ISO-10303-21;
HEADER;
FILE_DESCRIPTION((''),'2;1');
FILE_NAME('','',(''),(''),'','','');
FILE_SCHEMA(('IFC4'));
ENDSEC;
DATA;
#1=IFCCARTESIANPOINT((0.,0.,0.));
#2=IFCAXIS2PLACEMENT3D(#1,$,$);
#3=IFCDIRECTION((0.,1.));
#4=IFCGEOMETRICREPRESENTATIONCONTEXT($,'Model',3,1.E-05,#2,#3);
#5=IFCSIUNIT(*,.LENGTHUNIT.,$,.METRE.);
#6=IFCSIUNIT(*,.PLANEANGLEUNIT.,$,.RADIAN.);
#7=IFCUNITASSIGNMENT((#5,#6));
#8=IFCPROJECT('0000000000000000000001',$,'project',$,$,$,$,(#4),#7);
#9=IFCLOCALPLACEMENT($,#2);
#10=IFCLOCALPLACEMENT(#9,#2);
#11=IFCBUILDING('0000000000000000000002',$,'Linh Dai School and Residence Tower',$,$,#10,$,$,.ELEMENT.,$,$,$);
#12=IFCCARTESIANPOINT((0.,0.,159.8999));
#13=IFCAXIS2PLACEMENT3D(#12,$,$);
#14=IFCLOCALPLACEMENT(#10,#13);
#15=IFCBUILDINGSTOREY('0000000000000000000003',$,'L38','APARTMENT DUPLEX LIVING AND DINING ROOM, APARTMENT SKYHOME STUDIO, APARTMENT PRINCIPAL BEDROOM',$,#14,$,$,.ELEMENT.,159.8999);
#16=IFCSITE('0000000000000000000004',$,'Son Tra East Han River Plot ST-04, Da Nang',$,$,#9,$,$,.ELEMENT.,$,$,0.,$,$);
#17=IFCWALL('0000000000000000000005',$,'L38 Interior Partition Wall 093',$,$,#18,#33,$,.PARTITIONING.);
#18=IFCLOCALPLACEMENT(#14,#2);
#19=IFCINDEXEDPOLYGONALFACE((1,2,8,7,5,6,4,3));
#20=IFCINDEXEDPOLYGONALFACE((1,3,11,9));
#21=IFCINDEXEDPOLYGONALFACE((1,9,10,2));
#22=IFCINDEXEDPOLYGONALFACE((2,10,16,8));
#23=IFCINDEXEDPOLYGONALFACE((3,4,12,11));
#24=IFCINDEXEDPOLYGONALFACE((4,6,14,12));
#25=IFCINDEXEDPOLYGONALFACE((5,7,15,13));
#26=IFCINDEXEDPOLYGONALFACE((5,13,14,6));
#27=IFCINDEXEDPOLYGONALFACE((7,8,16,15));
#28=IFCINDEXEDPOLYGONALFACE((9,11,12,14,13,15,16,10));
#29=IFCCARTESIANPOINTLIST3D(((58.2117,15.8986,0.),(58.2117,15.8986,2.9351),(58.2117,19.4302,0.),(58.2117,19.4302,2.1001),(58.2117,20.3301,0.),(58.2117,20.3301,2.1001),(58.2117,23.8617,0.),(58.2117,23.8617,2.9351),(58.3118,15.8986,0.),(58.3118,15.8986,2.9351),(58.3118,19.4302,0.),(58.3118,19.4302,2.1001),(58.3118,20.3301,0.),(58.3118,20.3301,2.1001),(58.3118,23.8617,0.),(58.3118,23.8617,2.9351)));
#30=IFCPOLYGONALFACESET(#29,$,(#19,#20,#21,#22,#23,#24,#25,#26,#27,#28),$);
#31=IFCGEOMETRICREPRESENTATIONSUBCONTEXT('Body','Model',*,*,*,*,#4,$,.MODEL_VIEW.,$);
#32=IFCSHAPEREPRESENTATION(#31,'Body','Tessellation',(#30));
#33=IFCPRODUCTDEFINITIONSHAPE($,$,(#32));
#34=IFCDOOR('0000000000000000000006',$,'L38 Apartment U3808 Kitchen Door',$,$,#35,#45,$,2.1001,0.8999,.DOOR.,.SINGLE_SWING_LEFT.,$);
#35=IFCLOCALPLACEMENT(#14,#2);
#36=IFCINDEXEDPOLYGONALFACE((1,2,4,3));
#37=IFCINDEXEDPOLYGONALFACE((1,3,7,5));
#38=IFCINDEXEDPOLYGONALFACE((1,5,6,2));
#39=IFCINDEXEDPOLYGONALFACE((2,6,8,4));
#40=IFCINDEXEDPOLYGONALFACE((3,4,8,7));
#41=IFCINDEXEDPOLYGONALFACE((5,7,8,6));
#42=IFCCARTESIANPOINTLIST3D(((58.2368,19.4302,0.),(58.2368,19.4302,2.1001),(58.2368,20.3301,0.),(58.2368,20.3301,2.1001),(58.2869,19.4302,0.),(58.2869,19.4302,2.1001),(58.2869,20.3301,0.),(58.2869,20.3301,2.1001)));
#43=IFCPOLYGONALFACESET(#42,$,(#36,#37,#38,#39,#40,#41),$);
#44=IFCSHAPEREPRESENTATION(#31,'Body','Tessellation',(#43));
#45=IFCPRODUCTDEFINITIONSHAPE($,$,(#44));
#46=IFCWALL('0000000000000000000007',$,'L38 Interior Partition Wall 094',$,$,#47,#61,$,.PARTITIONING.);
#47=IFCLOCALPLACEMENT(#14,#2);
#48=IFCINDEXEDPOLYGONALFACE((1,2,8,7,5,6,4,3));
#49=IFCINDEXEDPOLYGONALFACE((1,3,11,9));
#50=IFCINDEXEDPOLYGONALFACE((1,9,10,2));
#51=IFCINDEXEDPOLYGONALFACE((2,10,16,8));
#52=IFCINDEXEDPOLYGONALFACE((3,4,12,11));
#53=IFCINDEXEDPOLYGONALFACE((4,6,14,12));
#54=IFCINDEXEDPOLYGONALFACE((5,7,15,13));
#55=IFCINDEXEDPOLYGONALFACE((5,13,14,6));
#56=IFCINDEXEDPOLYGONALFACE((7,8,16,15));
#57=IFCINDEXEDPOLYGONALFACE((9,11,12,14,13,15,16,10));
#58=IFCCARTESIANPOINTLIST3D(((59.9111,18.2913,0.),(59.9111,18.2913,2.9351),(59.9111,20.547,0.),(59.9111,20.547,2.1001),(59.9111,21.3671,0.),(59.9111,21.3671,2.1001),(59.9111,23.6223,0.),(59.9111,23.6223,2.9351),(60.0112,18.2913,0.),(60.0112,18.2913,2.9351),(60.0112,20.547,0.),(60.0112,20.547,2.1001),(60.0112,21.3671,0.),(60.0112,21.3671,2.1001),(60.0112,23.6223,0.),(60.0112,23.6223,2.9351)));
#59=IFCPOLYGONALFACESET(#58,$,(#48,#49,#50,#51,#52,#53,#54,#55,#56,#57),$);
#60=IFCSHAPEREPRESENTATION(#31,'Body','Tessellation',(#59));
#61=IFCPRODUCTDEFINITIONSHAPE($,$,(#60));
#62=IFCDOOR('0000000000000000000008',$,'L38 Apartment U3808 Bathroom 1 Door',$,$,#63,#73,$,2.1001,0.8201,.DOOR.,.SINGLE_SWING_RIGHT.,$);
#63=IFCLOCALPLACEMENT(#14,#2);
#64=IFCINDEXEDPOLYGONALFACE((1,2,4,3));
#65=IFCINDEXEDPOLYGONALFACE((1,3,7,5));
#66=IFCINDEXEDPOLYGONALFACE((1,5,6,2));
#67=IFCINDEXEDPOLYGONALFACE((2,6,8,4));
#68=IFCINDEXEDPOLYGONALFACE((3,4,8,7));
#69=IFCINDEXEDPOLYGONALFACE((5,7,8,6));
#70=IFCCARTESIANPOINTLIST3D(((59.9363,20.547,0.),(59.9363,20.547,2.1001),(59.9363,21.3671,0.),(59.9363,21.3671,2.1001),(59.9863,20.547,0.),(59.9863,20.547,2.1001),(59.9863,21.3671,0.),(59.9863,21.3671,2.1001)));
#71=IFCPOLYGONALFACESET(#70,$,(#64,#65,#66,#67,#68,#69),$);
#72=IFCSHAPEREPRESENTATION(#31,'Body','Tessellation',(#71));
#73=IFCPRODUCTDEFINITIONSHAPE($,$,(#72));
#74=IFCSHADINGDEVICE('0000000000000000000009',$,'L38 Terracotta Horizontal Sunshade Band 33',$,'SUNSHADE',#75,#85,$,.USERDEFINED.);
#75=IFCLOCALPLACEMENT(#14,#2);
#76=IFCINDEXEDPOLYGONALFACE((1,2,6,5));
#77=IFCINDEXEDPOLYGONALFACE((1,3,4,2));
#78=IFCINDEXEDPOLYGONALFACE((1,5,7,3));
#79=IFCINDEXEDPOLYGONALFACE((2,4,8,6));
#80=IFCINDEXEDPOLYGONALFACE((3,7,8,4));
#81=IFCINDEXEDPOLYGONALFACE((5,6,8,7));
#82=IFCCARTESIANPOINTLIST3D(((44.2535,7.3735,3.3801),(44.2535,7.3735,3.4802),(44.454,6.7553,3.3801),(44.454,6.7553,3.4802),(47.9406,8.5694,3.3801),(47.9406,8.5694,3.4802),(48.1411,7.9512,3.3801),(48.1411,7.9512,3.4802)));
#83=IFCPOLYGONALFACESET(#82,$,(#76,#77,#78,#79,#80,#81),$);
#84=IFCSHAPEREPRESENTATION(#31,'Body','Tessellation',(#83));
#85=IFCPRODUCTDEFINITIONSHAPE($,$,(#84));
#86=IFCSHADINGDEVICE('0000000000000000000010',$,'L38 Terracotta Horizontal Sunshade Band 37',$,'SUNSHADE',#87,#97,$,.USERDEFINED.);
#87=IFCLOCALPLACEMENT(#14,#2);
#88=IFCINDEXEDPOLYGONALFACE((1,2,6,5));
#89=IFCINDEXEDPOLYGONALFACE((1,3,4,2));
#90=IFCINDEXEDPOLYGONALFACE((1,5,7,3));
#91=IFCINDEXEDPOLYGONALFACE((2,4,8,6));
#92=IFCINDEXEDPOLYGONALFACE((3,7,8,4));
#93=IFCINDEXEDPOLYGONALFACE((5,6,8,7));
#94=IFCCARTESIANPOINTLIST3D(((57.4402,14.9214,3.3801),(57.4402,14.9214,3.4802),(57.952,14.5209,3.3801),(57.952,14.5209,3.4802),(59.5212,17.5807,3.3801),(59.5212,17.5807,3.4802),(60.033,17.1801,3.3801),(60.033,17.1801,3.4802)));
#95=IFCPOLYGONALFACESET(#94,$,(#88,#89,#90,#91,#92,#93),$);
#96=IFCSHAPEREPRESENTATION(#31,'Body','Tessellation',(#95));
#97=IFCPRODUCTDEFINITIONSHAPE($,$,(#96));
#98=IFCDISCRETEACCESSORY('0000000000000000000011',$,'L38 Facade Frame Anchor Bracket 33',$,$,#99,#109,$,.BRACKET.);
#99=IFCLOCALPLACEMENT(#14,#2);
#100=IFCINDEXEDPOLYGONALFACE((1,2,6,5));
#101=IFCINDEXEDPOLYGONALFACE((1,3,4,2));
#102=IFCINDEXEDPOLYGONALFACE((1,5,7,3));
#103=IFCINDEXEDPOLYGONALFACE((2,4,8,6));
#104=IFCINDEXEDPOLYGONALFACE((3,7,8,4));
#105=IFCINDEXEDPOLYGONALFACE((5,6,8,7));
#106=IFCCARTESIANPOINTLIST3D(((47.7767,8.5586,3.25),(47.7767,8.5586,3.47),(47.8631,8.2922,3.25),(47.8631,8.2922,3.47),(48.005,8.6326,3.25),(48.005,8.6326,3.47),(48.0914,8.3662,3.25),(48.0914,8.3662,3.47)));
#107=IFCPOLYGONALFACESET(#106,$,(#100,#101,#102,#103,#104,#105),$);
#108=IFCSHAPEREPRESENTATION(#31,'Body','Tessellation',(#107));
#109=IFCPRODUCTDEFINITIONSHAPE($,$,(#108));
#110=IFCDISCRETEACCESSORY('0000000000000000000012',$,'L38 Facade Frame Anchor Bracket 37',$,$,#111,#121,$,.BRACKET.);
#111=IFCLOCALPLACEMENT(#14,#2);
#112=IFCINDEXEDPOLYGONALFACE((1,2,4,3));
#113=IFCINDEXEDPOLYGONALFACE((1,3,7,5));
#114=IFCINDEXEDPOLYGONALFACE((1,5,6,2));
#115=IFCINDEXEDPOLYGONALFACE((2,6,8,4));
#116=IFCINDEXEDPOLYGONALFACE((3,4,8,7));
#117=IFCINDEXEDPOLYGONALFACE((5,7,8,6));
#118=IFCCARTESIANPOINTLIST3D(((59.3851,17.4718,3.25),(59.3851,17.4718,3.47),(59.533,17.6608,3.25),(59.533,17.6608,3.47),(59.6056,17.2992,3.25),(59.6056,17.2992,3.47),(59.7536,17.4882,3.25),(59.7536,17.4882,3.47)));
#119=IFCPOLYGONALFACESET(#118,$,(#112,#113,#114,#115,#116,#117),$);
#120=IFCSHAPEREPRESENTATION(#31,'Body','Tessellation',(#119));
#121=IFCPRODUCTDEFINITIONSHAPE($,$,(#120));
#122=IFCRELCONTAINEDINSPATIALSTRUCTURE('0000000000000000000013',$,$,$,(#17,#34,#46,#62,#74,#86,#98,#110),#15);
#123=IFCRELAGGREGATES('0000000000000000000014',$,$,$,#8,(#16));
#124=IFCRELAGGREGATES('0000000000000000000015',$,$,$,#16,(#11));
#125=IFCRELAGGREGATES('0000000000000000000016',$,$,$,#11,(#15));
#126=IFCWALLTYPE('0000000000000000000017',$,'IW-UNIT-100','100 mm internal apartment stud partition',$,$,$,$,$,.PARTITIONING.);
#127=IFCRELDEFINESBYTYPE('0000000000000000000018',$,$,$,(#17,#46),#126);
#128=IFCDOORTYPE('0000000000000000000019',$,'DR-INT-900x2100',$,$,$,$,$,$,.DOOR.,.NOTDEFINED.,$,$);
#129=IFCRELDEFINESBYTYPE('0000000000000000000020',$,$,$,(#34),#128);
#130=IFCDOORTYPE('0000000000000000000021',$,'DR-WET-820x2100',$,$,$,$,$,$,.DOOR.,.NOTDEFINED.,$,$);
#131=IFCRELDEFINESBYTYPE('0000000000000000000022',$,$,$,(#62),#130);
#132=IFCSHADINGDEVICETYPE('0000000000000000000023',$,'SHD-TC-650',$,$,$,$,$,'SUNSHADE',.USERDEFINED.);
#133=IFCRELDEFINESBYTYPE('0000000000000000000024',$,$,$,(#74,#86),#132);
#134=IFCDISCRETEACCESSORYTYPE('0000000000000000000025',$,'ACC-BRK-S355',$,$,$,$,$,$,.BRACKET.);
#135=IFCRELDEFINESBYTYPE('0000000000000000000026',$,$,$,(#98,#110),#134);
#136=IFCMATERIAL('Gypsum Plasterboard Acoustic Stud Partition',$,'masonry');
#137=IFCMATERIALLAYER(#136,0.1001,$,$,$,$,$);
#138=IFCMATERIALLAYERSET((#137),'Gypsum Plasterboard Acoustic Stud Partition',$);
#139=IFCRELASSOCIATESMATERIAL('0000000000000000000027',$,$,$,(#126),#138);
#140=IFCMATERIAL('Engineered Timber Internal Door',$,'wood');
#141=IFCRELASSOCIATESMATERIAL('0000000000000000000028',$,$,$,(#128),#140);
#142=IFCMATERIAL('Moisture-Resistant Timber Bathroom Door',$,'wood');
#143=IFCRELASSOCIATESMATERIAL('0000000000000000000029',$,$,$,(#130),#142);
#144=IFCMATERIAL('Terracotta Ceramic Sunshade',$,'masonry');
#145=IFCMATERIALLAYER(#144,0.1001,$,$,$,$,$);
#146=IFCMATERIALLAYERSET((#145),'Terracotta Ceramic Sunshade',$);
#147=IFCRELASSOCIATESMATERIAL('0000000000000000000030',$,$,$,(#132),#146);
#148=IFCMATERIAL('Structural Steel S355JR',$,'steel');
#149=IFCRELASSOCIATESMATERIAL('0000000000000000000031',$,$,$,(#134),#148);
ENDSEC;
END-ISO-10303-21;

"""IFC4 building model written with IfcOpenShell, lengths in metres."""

from ifc_helpers import new_model, si_unit, direction, frame, frame_2d, origin, origin_2d, place, context, subcontext, project, spatial, rectangle, extrude, source, transform, mapped, material, layer, layer_set, type_object, element, fill, save


model = new_model("IFC4")

# Units and contexts
model_context = context("Model", 3, precision=1e-05, world=origin(), true_north=direction((0.0, 1.0)))
body_context = subcontext(model_context, "Body", "Model", "MODEL_VIEW")
ifc_project = project(units=[si_unit("LENGTHUNIT", "METRE"), si_unit("PLANEANGLEUNIT", "RADIAN")], contexts=[model_context])

# Site, building, storey
site_placement = place(None, origin())
site = spatial("IfcSite", under=ifc_project, at=site_placement, Name="Son Tra East Han River Plot ST-04, Da Nang", CompositionType="ELEMENT", RefElevation=0.0)
building_placement = place(site_placement, origin())
building = spatial("IfcBuilding", under=site, at=building_placement, Name="Linh Dai School and Residence Tower", CompositionType="ELEMENT")
storey_placement = place(building_placement, frame((0.0, 0.0, 159.8999)))
storey = spatial("IfcBuildingStorey", under=building, at=storey_placement, Name="L38", Description="APARTMENT DUPLEX LIVING AND DINING ROOM, APARTMENT SKYHOME STUDIO, APARTMENT PRINCIPAL BEDROOM", CompositionType="ELEMENT", Elevation=159.8999)

# Shared definitions
ifc_material_1 = material(Name="Structural Steel S355JR", Category="steel")

# Walls, openings, doors
ifc_material_2 = material(Name="Gypsum Plasterboard Acoustic Stud Partition", Category="masonry")
ifc_layer_1 = layer(ifc_material_2, 0.1001)
ifc_layer_set_1 = layer_set([ifc_layer_1], Name="Gypsum Plasterboard Acoustic Stud Partition")
wall_type_1 = type_object("IfcWallType", Name="IW-UNIT-100", Description="100 mm internal apartment stud partition", PredefinedType="PARTITIONING", material=ifc_layer_set_1)
wall_1_placement = place(storey_placement, frame((58.2617, 15.8987, 0.0), z_axis=(0.0, 0.0, 1.0), x_axis=(0.0, 1.0, 0.0)))
wall_1 = element("IfcWall", 1, at=wall_1_placement, inside=storey, type_object=wall_type_1, Name="L38 Interior Partition Wall 093", PredefinedType="PARTITIONING", context=body_context, shape_type="SweptSolid", body=[
    extrude(rectangle(XDim=7.9631, YDim=0.1001, at=frame_2d((3.9814, 0.0))), origin(), (0.0, 0.0, 1.0), 2.9351),
])
opening_1_placement = place(wall_1_placement, frame((3.5315, 0.0, 0.0)))
opening_1 = element("IfcOpeningElement", 2, at=opening_1_placement, cuts=wall_1, PredefinedType="OPENING", context=body_context, shape_type="SweptSolid", body=[
    extrude(rectangle(XDim=0.8999, YDim=2.1001, at=origin_2d()), frame((0.45, 0.0601, 1.05), z_axis=(0.0, -1.0, 0.0), x_axis=(1.0, 0.0, 0.0)), (0.0, 0.0, 1.0), 0.1201),
])
ifc_material_3 = material(Name="Engineered Timber Internal Door", Category="wood")
door_type_1 = type_object("IfcDoorType", Name="DR-INT-900x2100", OperationType="NOTDEFINED", PredefinedType="DOOR", material=ifc_material_3)
shared_shape_1 = source(origin(), body_context, "Body", "SweptSolid", [
    extrude(rectangle(XDim=0.8999, YDim=2.1001, at=origin_2d()), frame((0.45, 0.0249, 1.05), z_axis=(0.0, -1.0, 0.0), x_axis=(1.0, 0.0, 0.0)), (0.0, 0.0, 1.0), 0.05),
])
door_1_placement = place(opening_1_placement, origin())
door_1 = element("IfcDoor", 3, at=door_1_placement, inside=storey, type_object=door_type_1, Name="L38 Apartment U3808 Kitchen Door", OperationType="SINGLE_SWING_LEFT", OverallHeight=2.1001, OverallWidth=0.8999, PredefinedType="DOOR", context=body_context, shape_type="MappedRepresentation", body=[
    mapped(shared_shape_1, transform((0.0, 0.0, 0.0), x_axis=(1.0, 0.0, 0.0), y_axis=(0.0, 1.0, 0.0), z_axis=(0.0, 0.0, 1.0), scale=1.0)),
])
fill(opening_1, door_1)
wall_2_placement = place(storey_placement, frame((59.9612, 18.2913, 0.0), z_axis=(0.0, 0.0, 1.0), x_axis=(0.0, 1.0, 0.0)))
wall_2 = element("IfcWall", 4, at=wall_2_placement, inside=storey, type_object=wall_type_1, Name="L38 Interior Partition Wall 094", PredefinedType="PARTITIONING", context=body_context, shape_type="SweptSolid", body=[
    extrude(rectangle(XDim=5.3311, YDim=0.1001, at=frame_2d((2.6655, 0.0))), origin(), (0.0, 0.0, 1.0), 2.9351),
])
opening_2_placement = place(wall_2_placement, frame((2.2556, 0.0, 0.0)))
opening_2 = element("IfcOpeningElement", 5, at=opening_2_placement, cuts=wall_2, PredefinedType="OPENING", context=body_context, shape_type="SweptSolid", body=[
    extrude(rectangle(XDim=0.8201, YDim=2.1001, at=origin_2d()), frame((0.4102, 0.0601, 1.05), z_axis=(0.0, -1.0, 0.0), x_axis=(1.0, 0.0, 0.0)), (0.0, 0.0, 1.0), 0.1201),
])
ifc_material_4 = material(Name="Moisture-Resistant Timber Bathroom Door", Category="wood")
door_type_2 = type_object("IfcDoorType", Name="DR-WET-820x2100", OperationType="NOTDEFINED", PredefinedType="DOOR", material=ifc_material_4)
shared_shape_2 = source(origin(), body_context, "Body", "SweptSolid", [
    extrude(rectangle(XDim=0.8201, YDim=2.1001, at=origin_2d()), frame((0.4102, 0.0249, 1.05), z_axis=(0.0, -1.0, 0.0), x_axis=(1.0, 0.0, 0.0)), (0.0, 0.0, 1.0), 0.05),
])
door_2_placement = place(opening_2_placement, origin())
door_2 = element("IfcDoor", 6, at=door_2_placement, inside=storey, type_object=door_type_2, Name="L38 Apartment U3808 Bathroom 1 Door", OperationType="SINGLE_SWING_RIGHT", OverallHeight=2.1001, OverallWidth=0.8201, PredefinedType="DOOR", context=body_context, shape_type="MappedRepresentation", body=[
    mapped(shared_shape_2, transform((0.0, 0.0, 0.0), x_axis=(1.0, 0.0, 0.0), y_axis=(0.0, 1.0, 0.0), z_axis=(0.0, 0.0, 1.0), scale=1.0)),
])
fill(opening_2, door_2)

# Shading devices
ifc_material_5 = material(Name="Terracotta Ceramic Sunshade", Category="masonry")
ifc_layer_2 = layer(ifc_material_5, 0.1001)
ifc_layer_set_2 = layer_set([ifc_layer_2], Name="Terracotta Ceramic Sunshade")
shading_device_type = type_object("IfcShadingDeviceType", Name="SHD-TC-650", ElementType="SUNSHADE", PredefinedType="USERDEFINED", material=ifc_layer_set_2)
shared_shape_3 = source(origin(), body_context, "Body", "SweptSolid", [
    extrude(rectangle(XDim=3.8762, YDim=0.6499, at=origin_2d()), origin(), (0.0, 0.0, 1.0), 0.1001),
])
shading_device_1_placement = place(storey_placement, frame((46.1973, 7.6624, 3.3801), z_axis=(0.0, 0.0, 1.0), x_axis=(-0.951213, -0.308536, 0.0)))
element("IfcShadingDevice", 7, at=shading_device_1_placement, inside=storey, type_object=shading_device_type, Name="L38 Terracotta Horizontal Sunshade Band 33", ObjectType="SUNSHADE", PredefinedType="USERDEFINED", context=body_context, shape_type="MappedRepresentation", body=[
    mapped(shared_shape_3, transform((0.0, 0.0, 0.0), x_axis=(1.0, 0.0, 0.0), y_axis=(0.0, 1.0, 0.0), z_axis=(0.0, 0.0, 1.0), scale=1.0)),
])
shared_shape_4 = source(origin(), body_context, "Body", "SweptSolid", [
    extrude(rectangle(XDim=3.3767, YDim=0.6499, at=origin_2d()), origin(), (0.0, 0.0, 1.0), 0.1001),
])
shading_device_2_placement = place(storey_placement, frame((58.7366, 16.0508, 3.3801), z_axis=(0.0, 0.0, 1.0), x_axis=(-0.616286, -0.787522, 0.0)))
element("IfcShadingDevice", 8, at=shading_device_2_placement, inside=storey, type_object=shading_device_type, Name="L38 Terracotta Horizontal Sunshade Band 37", ObjectType="SUNSHADE", PredefinedType="USERDEFINED", context=body_context, shape_type="MappedRepresentation", body=[
    mapped(shared_shape_4, transform((0.0, 0.0, 0.0), x_axis=(1.0, 0.0, 0.0), y_axis=(0.0, 1.0, 0.0), z_axis=(0.0, 0.0, 1.0), scale=1.0)),
])

# Discrete accessories
discrete_accessory_type = type_object("IfcDiscreteAccessoryType", Name="ACC-BRK-S355", PredefinedType="BRACKET", material=ifc_material_1)
shared_shape_5 = source(origin(), body_context, "Body", "SweptSolid", [
    extrude(rectangle(XDim=0.28, YDim=0.24, at=origin_2d()), origin(), (0.0, 0.0, 1.0), 0.22),
])
for number, where, z_axis, x_axis, name in (
    (9, (47.9341, 8.4624, 3.25), (0.0, 0.0, 1.0), (0.308536, -0.951213, 0.0), "L38 Facade Frame Anchor Bracket 33"),
    (10, (59.5693, 17.48, 3.25), (0.0, 0.0, 1.0), (0.787522, -0.616286, 0.0), "L38 Facade Frame Anchor Bracket 37"),
):
    element("IfcDiscreteAccessory", number, at=place(storey_placement, frame(where, z_axis=z_axis, x_axis=x_axis)), inside=storey, type_object=discrete_accessory_type, Name=name, PredefinedType="BRACKET", context=body_context, shape_type="MappedRepresentation", body=[
        mapped(shared_shape_5, transform((0.0, 0.0, 0.0), x_axis=(1.0, 0.0, 0.0), y_axis=(0.0, 1.0, 0.0), z_axis=(0.0, 0.0, 1.0), scale=1.0)),
    ])

save(model, "model.ifc")
